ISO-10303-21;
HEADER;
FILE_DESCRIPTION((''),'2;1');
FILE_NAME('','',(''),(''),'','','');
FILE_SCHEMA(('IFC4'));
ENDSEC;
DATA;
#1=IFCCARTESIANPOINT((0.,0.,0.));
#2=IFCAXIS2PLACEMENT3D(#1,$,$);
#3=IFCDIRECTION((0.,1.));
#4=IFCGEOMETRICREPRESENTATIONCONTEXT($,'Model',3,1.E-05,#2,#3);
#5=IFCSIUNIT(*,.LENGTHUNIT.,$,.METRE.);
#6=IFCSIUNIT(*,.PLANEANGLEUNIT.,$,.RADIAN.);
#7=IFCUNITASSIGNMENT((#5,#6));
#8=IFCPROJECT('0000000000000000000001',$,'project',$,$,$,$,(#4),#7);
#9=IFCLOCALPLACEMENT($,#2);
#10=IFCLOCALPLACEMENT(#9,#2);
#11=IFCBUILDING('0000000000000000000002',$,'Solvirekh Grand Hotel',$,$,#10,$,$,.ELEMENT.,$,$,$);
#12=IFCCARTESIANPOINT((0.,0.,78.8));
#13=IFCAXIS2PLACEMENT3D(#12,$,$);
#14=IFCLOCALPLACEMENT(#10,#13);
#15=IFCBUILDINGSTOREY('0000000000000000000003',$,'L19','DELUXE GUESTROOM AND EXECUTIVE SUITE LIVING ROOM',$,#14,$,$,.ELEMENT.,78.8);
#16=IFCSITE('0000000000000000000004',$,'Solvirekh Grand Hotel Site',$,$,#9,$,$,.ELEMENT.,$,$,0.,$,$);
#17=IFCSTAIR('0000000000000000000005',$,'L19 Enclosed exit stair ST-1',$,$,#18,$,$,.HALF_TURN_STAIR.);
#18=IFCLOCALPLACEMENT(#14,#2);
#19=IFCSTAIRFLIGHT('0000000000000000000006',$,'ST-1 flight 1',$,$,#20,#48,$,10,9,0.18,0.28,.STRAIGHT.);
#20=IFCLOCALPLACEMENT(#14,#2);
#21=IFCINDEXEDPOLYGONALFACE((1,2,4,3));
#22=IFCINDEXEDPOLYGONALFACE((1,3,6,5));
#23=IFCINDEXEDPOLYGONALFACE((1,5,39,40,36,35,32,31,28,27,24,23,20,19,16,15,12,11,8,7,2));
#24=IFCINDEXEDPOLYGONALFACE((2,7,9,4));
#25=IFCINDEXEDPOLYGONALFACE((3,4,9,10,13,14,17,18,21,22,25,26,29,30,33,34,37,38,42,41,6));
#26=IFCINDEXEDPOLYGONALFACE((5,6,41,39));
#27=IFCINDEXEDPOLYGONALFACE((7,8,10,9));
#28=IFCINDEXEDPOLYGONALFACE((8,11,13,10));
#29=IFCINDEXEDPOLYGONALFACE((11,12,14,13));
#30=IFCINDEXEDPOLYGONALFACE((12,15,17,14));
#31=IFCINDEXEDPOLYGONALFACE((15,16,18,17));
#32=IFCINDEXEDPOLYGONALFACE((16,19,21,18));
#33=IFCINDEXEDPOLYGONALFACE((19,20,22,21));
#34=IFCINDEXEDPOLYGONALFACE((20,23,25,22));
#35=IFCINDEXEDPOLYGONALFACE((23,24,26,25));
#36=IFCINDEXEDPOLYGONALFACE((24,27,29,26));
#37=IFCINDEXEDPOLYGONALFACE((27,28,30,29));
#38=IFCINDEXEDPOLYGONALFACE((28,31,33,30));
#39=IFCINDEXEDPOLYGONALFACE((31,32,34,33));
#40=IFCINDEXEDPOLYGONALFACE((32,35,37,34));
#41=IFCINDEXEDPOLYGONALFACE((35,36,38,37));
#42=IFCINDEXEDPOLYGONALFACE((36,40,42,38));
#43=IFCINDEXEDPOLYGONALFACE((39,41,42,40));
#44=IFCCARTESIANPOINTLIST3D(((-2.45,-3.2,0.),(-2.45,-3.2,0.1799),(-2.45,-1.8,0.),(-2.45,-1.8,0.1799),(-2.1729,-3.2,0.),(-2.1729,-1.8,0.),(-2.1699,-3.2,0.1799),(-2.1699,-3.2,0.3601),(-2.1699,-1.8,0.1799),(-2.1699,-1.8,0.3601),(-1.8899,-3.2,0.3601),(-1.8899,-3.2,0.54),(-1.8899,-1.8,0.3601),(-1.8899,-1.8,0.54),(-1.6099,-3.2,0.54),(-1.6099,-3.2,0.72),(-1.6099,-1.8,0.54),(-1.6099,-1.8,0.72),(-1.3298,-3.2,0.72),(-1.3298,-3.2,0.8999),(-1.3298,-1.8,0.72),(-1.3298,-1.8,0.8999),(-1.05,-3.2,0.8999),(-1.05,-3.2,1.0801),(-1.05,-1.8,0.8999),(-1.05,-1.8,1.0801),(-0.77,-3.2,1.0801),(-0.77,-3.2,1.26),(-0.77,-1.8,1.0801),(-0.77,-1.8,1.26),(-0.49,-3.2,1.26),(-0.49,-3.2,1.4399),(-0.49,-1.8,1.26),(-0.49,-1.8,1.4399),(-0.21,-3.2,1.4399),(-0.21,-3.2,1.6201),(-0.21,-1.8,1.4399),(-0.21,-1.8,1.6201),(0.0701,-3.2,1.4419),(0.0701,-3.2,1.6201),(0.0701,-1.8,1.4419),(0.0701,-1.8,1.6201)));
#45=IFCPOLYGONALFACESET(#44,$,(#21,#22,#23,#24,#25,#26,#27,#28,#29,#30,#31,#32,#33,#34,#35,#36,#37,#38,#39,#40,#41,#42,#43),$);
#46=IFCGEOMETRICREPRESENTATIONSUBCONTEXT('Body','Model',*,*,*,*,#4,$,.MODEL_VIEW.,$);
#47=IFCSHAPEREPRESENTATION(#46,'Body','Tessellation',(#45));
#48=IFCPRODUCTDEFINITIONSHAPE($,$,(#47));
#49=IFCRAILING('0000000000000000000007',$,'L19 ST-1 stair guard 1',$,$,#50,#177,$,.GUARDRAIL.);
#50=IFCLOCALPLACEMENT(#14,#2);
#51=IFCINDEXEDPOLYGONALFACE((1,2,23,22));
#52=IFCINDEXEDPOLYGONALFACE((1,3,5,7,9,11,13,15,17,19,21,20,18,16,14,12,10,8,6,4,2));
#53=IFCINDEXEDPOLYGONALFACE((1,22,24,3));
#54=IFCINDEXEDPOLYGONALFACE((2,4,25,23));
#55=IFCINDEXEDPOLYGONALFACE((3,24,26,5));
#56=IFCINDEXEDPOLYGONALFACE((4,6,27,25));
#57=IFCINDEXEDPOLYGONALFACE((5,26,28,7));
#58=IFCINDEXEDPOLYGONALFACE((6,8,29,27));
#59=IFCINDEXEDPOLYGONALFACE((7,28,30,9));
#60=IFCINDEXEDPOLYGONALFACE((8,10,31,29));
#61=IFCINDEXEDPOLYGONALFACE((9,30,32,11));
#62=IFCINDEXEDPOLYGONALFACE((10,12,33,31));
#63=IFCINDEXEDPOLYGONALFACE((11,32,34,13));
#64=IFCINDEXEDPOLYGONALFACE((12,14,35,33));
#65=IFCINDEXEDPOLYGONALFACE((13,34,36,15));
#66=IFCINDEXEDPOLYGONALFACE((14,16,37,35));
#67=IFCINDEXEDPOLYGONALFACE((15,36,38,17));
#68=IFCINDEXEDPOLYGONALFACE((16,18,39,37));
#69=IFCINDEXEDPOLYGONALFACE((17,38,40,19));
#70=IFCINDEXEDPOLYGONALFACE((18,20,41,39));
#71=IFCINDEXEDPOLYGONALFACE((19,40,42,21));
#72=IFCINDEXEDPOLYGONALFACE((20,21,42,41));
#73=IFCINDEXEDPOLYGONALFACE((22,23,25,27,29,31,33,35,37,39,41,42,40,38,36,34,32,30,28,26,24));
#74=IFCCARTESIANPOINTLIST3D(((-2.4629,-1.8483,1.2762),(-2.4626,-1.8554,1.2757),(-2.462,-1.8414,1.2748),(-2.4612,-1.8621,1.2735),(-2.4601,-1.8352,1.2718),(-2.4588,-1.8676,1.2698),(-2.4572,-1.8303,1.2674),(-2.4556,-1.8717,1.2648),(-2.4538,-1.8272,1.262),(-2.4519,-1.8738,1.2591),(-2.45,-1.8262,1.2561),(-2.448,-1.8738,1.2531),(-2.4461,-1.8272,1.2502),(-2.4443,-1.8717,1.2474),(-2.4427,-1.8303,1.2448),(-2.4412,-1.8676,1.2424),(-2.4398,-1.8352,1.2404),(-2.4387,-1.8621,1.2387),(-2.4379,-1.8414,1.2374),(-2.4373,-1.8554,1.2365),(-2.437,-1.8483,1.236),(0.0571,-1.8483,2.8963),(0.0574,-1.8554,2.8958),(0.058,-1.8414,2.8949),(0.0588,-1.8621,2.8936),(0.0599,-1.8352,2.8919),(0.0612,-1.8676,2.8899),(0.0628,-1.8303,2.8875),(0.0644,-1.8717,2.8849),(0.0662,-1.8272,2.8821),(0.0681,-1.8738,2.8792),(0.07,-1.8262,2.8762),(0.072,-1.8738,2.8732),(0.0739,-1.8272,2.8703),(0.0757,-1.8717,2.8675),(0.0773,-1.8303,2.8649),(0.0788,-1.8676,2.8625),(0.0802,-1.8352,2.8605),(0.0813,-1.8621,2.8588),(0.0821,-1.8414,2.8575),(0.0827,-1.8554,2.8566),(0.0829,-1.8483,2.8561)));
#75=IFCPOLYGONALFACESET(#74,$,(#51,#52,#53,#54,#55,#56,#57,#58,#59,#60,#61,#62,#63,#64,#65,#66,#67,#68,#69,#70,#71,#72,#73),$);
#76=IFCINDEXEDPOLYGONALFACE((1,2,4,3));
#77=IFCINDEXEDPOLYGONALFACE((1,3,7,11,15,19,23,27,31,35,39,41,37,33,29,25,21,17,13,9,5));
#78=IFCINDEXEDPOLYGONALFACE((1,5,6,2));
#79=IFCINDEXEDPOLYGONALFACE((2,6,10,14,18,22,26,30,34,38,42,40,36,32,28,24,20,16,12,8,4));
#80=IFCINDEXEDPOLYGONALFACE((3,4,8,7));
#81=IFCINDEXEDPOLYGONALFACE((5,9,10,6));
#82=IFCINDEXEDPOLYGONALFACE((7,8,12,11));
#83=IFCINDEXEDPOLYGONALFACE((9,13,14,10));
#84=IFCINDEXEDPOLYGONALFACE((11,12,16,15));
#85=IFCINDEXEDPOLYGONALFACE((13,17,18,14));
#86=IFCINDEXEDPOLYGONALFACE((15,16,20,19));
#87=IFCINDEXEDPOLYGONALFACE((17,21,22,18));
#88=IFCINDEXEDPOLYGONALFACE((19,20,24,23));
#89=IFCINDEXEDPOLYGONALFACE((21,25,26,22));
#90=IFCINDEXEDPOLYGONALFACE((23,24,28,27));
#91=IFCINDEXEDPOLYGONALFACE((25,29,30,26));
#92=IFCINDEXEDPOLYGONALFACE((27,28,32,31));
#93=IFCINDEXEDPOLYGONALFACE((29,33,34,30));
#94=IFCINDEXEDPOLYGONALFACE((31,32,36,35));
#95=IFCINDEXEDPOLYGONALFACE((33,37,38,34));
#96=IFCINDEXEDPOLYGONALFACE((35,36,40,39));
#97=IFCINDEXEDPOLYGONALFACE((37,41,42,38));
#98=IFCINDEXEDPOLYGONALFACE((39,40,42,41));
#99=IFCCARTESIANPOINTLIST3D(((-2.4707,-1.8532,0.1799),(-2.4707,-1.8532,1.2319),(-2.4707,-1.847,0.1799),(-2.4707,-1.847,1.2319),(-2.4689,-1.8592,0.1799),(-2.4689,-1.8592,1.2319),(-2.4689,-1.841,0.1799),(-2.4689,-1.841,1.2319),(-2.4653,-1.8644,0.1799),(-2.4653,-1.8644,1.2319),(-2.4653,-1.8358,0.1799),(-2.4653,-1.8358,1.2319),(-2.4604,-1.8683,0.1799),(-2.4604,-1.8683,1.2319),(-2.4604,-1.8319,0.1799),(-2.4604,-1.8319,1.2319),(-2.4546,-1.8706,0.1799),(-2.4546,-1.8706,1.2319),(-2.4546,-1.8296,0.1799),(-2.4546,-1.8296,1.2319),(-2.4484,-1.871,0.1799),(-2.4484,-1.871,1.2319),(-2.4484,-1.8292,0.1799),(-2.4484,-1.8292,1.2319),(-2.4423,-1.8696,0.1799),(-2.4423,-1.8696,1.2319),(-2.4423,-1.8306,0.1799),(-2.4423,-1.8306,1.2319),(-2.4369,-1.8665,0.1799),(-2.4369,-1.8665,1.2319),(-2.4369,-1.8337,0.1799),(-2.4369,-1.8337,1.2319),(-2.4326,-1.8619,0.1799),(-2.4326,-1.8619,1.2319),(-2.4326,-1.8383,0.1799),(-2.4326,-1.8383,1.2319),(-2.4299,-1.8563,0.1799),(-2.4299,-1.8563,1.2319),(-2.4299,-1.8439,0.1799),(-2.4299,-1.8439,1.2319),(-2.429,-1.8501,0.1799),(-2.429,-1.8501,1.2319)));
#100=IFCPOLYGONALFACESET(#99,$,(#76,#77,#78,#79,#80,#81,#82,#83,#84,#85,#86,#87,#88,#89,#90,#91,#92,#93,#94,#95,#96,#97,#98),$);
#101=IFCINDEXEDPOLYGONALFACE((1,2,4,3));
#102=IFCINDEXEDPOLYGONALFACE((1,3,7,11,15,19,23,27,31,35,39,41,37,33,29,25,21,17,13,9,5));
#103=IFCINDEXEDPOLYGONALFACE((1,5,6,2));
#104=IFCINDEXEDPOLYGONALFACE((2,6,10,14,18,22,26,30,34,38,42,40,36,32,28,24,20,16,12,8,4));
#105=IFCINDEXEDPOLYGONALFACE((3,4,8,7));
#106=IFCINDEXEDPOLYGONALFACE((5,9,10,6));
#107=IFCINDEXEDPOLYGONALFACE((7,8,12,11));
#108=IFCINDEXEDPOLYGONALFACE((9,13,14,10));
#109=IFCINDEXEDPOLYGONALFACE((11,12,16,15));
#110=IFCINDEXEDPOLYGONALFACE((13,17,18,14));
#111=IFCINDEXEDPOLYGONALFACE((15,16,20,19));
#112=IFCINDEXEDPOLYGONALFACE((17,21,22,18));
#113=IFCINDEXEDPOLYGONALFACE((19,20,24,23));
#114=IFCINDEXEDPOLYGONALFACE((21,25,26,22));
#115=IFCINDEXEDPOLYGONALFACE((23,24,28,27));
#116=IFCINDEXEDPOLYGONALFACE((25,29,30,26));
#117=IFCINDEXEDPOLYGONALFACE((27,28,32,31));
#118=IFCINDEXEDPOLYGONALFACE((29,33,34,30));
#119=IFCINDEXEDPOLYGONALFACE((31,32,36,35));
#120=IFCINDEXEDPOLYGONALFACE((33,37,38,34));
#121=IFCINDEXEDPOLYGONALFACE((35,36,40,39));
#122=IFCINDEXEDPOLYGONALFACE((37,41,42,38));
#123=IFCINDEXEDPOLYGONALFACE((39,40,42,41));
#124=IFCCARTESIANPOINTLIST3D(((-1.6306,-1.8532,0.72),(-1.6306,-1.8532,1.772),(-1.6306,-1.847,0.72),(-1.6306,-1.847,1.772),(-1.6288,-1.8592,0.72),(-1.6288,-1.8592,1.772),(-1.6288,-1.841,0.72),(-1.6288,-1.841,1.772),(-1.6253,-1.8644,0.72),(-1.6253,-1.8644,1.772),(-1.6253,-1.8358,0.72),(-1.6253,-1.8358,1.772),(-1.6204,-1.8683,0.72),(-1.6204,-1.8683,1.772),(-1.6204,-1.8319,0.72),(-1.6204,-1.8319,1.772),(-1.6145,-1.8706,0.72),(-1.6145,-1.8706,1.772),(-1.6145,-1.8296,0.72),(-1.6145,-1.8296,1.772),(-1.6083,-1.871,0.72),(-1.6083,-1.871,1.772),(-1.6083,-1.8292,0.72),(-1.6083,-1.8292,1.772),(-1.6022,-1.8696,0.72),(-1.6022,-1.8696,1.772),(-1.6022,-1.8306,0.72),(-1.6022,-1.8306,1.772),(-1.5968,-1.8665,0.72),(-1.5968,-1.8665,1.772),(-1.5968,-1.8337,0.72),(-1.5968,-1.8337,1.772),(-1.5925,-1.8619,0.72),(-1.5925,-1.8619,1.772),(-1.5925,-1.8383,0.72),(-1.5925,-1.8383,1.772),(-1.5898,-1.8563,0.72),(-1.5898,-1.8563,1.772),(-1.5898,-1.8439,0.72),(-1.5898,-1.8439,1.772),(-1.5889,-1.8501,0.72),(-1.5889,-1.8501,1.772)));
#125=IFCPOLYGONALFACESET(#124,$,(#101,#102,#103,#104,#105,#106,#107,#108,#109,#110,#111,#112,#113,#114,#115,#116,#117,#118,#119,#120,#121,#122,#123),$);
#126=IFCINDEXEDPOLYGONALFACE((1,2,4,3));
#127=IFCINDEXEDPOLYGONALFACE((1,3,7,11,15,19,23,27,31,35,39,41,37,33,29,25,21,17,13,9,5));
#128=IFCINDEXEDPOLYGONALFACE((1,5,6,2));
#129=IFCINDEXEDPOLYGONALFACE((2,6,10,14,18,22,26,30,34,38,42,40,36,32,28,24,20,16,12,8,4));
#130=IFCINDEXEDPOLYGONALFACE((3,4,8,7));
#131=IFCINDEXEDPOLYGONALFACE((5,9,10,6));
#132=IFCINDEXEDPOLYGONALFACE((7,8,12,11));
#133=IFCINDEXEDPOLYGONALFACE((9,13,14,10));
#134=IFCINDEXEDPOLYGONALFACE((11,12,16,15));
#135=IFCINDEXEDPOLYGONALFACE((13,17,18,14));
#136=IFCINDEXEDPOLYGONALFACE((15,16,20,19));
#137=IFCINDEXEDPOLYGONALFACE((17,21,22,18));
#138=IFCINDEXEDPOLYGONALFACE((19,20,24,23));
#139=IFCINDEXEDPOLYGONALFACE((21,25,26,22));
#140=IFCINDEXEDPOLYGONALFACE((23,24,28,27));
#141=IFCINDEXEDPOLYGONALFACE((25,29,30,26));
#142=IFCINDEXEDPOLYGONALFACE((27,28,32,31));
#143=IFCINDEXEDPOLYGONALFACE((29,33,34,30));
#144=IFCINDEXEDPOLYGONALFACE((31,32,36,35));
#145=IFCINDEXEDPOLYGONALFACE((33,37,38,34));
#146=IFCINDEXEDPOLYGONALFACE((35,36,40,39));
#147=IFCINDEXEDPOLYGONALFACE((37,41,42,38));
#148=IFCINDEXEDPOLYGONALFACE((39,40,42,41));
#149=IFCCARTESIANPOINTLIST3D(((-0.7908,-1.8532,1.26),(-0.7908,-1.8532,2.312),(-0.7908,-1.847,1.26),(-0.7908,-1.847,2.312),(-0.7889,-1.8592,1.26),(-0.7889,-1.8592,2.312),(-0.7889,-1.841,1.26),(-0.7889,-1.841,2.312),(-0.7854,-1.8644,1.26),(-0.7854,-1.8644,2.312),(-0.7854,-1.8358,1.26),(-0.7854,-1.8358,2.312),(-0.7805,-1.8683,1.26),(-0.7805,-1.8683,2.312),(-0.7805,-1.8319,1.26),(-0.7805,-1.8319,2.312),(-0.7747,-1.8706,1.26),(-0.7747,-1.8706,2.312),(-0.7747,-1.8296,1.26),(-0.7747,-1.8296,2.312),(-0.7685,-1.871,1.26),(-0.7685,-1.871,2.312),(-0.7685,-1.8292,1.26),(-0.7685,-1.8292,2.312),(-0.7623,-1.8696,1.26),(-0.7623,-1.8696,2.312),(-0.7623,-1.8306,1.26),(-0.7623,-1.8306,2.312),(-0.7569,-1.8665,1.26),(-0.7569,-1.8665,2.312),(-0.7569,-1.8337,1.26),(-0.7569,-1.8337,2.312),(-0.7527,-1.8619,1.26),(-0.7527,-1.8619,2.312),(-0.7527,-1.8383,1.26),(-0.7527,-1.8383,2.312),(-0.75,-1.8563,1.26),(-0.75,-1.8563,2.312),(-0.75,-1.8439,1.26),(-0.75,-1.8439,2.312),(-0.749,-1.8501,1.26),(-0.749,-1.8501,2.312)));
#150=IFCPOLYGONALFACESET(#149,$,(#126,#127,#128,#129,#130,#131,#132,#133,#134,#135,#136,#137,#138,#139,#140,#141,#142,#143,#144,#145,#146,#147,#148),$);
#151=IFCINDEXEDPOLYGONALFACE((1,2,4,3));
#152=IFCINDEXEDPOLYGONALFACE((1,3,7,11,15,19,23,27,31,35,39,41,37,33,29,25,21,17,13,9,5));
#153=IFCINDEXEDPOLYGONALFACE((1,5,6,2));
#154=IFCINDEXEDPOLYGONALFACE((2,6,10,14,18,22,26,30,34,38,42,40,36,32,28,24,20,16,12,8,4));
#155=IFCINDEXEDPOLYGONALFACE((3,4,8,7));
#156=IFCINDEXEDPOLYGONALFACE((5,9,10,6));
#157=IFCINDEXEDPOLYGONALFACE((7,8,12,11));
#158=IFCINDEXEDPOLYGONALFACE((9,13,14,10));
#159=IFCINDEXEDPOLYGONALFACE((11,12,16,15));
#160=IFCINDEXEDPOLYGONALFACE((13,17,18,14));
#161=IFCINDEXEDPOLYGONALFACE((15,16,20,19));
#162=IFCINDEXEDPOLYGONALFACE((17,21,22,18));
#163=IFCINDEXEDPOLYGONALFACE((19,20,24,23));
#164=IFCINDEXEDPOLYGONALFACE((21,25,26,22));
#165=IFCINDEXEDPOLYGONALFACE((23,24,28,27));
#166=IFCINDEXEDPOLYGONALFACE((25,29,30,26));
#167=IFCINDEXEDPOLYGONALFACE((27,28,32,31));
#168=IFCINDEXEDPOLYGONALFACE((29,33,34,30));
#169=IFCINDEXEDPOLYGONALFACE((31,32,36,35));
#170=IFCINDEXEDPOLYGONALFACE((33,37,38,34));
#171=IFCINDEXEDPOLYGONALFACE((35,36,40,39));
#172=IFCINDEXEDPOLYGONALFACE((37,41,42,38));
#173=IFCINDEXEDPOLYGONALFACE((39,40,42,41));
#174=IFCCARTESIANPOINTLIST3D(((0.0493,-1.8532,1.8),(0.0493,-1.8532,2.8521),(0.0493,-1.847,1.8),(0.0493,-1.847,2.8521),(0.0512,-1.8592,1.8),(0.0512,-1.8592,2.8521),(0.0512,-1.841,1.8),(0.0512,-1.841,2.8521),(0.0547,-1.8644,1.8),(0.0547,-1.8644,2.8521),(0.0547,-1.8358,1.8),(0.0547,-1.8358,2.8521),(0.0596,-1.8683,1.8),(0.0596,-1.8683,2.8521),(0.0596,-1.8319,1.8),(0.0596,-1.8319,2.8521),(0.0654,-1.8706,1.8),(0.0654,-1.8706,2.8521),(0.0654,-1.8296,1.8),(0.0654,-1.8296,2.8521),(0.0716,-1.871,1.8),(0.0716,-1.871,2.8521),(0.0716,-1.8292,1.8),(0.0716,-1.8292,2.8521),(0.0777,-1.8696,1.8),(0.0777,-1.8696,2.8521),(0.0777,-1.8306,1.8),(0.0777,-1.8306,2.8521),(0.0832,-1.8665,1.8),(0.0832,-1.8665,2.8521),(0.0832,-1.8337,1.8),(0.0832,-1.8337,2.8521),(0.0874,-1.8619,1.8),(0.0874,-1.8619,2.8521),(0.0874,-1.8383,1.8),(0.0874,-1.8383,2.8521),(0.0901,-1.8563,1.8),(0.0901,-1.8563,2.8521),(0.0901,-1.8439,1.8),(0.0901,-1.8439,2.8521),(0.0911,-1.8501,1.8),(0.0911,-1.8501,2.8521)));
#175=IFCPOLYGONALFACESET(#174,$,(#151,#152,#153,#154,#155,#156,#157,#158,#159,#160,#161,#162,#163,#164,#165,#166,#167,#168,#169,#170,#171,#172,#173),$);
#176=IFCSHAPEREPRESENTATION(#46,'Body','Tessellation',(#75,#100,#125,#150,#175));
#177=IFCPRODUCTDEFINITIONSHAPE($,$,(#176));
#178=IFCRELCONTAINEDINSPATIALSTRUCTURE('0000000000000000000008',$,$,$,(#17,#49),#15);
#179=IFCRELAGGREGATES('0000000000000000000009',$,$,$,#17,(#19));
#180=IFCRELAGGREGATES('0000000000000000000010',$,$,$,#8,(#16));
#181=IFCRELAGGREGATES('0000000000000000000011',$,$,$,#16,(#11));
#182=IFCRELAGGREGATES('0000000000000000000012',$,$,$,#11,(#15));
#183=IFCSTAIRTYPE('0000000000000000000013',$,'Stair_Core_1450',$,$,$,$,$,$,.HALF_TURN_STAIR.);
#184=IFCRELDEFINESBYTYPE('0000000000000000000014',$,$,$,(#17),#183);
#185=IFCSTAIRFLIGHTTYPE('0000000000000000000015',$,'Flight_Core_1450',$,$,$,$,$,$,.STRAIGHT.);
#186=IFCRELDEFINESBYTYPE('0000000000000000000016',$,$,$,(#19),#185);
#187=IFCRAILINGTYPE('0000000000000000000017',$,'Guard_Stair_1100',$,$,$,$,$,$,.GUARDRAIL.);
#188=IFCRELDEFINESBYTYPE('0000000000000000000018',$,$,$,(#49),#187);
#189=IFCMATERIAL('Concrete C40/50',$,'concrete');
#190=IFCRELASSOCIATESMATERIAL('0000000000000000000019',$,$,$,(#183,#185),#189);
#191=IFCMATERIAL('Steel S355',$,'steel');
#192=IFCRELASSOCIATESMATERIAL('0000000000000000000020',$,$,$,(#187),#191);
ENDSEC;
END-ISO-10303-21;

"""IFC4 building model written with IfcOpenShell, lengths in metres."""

from ifc_helpers import new_model, si_unit, direction, frame, origin, origin_2d, place, context, subcontext, project, spatial, polyline, circle, outline, extrude, material, type_object, element, aggregate, save


model = new_model("IFC4")

# Units and contexts
model_context = context("Model", 3, precision=1e-05, world=origin(), true_north=direction((0.0, 1.0)))
body_context = subcontext(model_context, "Body", "Model", "MODEL_VIEW")
ifc_project = project(units=[si_unit("LENGTHUNIT", "METRE"), si_unit("PLANEANGLEUNIT", "RADIAN")], contexts=[model_context])

# Site, building, storey
site_placement = place(None, origin())
site = spatial("IfcSite", under=ifc_project, at=site_placement, Name="Solvirekh Grand Hotel Site", CompositionType="ELEMENT", RefElevation=0.0)
building_placement = place(site_placement, origin())
building = spatial("IfcBuilding", under=site, at=building_placement, Name="Solvirekh Grand Hotel", CompositionType="ELEMENT")
storey_placement = place(building_placement, frame((0.0, 0.0, 78.8)))
storey = spatial("IfcBuildingStorey", under=building, at=storey_placement, Name="L19", Description="DELUXE GUESTROOM AND EXECUTIVE SUITE LIVING ROOM", CompositionType="ELEMENT", Elevation=78.8)

# Shared definitions
ifc_material_1 = material(Name="Concrete C40/50", Category="concrete")

# Stair, stair flight
stair_type = type_object("IfcStairType", Name="Stair_Core_1450", PredefinedType="HALF_TURN_STAIR", material=ifc_material_1)
stair_placement = place(storey_placement, origin())
stair = element("IfcStair", 1, at=stair_placement, inside=storey, type_object=stair_type, Name="L19 Enclosed exit stair ST-1", PredefinedType="HALF_TURN_STAIR")
stair_flight_type = type_object("IfcStairFlightType", Name="Flight_Core_1450", PredefinedType="STRAIGHT", material=ifc_material_1)
stair_flight_placement = place(storey_placement, frame((-2.45, -2.5, 0.0), z_axis=(0.0, 0.0, 1.0), x_axis=(1.0, 0.0, 0.0)))
stair_flight = element("IfcStairFlight", 2, at=stair_flight_placement, type_object=stair_flight_type, Name="ST-1 flight 1", NumberOfRisers=10, NumberOfTreads=9, PredefinedType="STRAIGHT", RiserHeight=0.18, TreadLength=0.28, context=body_context, shape_type="SweptSolid", body=[
    extrude(outline(polyline([(0.0, 0.0), (0.0, 0.1799), (0.28, 0.1799), (0.28, 0.3601), (0.5601, 0.3601), (0.5601, 0.54), (0.8401, 0.54), (0.8401, 0.72), (1.1201, 0.72), (1.1201, 0.8999), (1.3999, 0.8999), (1.3999, 1.0801), (1.6799, 1.0801), (1.6799, 1.26), (1.96, 1.26), (1.96, 1.4399), (2.24, 1.4399), (2.24, 1.6201), (2.52, 1.6201), (2.52, 1.8), (2.52, 1.4419), (0.2771, 0.0), (0.0, 0.0)])), frame((0.0, 0.7, 0.0), z_axis=(0.0, -1.0, 0.0), x_axis=(1.0, 0.0, 0.0)), (0.0, 0.0, 1.0), 1.3999),
])
aggregate(stair, [stair_flight])

# Railing
ifc_material_2 = material(Name="Steel S355", Category="steel")
railing_type_1 = type_object("IfcRailingType", Name="Guard_Stair_1100", PredefinedType="GUARDRAIL", material=ifc_material_2)
railing_1_placement = place(storey_placement, frame((-2.45, -1.8501, 0.1799)))
element("IfcRailing", 3, at=railing_1_placement, inside=storey, type_object=railing_type_1, Name="L19 ST-1 stair guard 1", PredefinedType="GUARDRAIL", context=body_context, shape_type="SweptSolid", body=[
    extrude(circle(Radius=0.0239, at=origin_2d()), frame((0.0, 0.0, 1.0762), z_axis=(0.841163, 0.0, 0.540782), x_axis=(0.0, 1.0, 0.0)), (0.0, 0.0, 1.0), 2.9958),
    extrude(circle(Radius=0.021, at=origin_2d()), origin(), (0.0, 0.0, 1.0), 1.052),
    extrude(circle(Radius=0.021, at=origin_2d()), frame((0.8401, 0.0, 0.54)), (0.0, 0.0, 1.0), 1.052),
    extrude(circle(Radius=0.021, at=origin_2d()), frame((1.6799, 0.0, 1.0801)), (0.0, 0.0, 1.0), 1.052),
    extrude(circle(Radius=0.021, at=origin_2d()), frame((2.52, 0.0, 1.6201)), (0.0, 0.0, 1.0), 1.052),
])

save(model, "model.ifc")
